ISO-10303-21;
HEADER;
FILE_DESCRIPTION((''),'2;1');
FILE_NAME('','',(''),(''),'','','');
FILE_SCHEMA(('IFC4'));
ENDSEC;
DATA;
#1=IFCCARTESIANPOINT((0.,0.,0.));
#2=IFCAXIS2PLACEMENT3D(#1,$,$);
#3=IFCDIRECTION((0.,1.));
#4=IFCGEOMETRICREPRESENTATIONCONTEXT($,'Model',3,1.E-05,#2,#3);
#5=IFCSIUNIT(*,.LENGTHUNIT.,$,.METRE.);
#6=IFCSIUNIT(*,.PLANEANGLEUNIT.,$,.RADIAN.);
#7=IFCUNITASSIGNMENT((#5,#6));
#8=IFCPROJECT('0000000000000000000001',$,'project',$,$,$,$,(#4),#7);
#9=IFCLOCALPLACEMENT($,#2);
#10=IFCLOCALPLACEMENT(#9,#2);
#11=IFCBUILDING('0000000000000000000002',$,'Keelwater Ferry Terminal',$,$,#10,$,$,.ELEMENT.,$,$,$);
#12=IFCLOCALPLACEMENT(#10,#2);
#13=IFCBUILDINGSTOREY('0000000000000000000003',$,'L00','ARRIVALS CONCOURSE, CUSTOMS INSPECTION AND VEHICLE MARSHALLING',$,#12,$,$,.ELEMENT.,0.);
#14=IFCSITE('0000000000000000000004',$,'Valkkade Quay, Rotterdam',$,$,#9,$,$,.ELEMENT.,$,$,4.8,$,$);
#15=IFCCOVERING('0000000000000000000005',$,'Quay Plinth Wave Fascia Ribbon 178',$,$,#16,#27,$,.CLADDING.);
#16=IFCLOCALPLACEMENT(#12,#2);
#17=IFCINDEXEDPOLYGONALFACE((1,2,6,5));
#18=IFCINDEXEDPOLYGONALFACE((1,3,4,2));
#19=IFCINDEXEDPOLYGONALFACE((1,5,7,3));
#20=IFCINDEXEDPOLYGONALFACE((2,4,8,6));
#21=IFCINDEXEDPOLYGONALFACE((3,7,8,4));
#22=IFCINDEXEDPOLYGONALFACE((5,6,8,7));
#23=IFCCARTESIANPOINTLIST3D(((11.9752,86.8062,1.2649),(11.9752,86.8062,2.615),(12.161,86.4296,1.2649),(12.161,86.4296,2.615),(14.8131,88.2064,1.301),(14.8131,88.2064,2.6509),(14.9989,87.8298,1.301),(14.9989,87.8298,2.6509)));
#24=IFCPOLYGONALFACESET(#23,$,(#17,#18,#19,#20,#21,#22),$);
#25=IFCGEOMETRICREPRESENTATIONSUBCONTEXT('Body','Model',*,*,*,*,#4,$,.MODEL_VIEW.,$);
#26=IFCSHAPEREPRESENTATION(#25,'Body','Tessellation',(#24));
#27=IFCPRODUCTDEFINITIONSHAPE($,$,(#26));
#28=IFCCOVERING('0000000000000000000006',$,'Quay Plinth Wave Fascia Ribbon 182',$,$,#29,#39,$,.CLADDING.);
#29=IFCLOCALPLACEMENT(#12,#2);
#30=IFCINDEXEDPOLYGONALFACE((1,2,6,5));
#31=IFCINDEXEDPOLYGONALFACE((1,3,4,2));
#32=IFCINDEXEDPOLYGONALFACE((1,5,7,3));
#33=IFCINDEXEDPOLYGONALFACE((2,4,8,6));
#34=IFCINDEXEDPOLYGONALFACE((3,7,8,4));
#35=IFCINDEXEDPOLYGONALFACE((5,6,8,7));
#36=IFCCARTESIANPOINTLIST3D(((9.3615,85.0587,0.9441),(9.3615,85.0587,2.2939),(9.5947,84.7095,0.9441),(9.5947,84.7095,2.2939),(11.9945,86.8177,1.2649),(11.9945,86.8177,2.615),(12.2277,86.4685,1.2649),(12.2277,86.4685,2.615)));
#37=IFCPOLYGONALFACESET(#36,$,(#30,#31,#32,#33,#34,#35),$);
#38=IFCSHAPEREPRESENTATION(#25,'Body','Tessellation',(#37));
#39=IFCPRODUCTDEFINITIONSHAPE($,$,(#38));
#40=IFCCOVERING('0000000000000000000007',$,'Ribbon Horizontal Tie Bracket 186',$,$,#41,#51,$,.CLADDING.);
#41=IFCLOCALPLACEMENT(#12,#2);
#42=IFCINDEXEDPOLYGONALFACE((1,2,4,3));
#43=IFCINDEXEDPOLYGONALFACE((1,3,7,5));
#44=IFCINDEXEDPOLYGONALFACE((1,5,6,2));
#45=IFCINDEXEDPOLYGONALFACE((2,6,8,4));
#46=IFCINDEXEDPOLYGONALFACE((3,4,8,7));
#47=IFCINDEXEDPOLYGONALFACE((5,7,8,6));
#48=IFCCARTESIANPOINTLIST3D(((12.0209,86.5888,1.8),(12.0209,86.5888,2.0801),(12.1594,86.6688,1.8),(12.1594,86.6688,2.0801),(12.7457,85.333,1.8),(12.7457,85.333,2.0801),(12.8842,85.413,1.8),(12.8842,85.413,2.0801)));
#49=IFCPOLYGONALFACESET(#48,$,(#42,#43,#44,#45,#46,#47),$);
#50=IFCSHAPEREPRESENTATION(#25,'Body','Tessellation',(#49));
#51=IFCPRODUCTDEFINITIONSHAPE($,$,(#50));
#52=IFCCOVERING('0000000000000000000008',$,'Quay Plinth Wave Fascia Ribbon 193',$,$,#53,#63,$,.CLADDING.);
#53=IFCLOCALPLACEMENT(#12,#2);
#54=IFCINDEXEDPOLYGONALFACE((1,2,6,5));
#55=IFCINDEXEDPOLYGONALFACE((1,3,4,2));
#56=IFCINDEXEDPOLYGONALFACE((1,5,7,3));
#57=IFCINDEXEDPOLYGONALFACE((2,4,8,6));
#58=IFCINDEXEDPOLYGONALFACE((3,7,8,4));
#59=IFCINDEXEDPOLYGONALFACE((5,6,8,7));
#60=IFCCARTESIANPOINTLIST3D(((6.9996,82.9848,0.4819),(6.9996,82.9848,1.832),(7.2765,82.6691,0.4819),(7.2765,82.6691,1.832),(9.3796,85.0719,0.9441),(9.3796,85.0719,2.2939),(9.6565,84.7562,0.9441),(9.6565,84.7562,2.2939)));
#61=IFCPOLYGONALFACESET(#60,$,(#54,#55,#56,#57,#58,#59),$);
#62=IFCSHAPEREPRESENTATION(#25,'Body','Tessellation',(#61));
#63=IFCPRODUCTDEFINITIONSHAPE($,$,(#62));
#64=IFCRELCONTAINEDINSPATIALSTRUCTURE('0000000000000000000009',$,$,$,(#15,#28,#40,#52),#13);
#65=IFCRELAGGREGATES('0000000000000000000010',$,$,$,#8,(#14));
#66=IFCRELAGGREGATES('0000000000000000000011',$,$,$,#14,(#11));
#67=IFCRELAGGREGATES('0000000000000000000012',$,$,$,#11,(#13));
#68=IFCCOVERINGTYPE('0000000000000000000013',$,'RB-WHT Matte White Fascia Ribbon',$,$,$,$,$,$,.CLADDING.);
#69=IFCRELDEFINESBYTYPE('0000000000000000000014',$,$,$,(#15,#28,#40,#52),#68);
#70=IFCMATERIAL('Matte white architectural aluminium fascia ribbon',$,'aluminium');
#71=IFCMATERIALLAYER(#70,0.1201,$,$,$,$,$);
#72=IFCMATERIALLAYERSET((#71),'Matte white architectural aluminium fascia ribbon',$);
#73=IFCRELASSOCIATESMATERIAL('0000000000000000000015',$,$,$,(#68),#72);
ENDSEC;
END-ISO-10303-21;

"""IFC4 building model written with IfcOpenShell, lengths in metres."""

from ifc_helpers import new_model, si_unit, direction, frame, frame_2d, origin, place, context, subcontext, project, spatial, polyline, rectangle, outline, extrude, material, layer, layer_set, type_object, element, save


model = new_model("IFC4")

# Units and contexts
model_context = context("Model", 3, precision=1e-05, world=origin(), true_north=direction((0.0, 1.0)))
body_context = subcontext(model_context, "Body", "Model", "MODEL_VIEW")
ifc_project = project(units=[si_unit("LENGTHUNIT", "METRE"), si_unit("PLANEANGLEUNIT", "RADIAN")], contexts=[model_context])

# Site, building, storey
site_placement = place(None, origin())
site = spatial("IfcSite", under=ifc_project, at=site_placement, Name="Valkkade Quay, Rotterdam", CompositionType="ELEMENT", RefElevation=4.8)
building_placement = place(site_placement, origin())
building = spatial("IfcBuilding", under=site, at=building_placement, Name="Keelwater Ferry Terminal", CompositionType="ELEMENT")
storey_placement = place(building_placement, origin())
storey = spatial("IfcBuildingStorey", under=building, at=storey_placement, Name="L00", Description="ARRIVALS CONCOURSE, CUSTOMS INSPECTION AND VEHICLE MARSHALLING", CompositionType="ELEMENT", Elevation=0.0)

# Coverings
ifc_material_1 = material(Name="Matte white architectural aluminium fascia ribbon", Category="aluminium")
ifc_layer_1 = layer(ifc_material_1, 0.1201)
ifc_layer_set_1 = layer_set([ifc_layer_1], Name="Matte white architectural aluminium fascia ribbon")
covering_type = type_object("IfcCoveringType", Name="RB-WHT Matte White Fascia Ribbon", PredefinedType="CLADDING", material=ifc_layer_set_1)
covering_1_placement = place(storey_placement, frame((14.906, 88.0181, 1.2649), z_axis=(0.0, 0.0, 1.0), x_axis=(-0.896791, -0.442455, 0.0)))
element("IfcCovering", 1, at=covering_1_placement, inside=storey, type_object=covering_type, Name="Quay Plinth Wave Fascia Ribbon 178", PredefinedType="CLADDING", context=body_context, shape_type="SweptSolid", body=[
    extrude(outline(polyline([(0.0, 0.0361), (3.1646, 0.0), (3.1646, 1.3501), (0.0, 1.386), (0.0, 0.0361)])), frame((0.0, 0.21, 0.0), z_axis=(0.0, -1.0, 0.0), x_axis=(1.0, 0.0, 0.0)), (0.0, 0.0, 1.0), 0.4199),
])
covering_2_placement = place(storey_placement, frame((12.1111, 86.6431, 0.9441), z_axis=(0.0, 0.0, 1.0), x_axis=(-0.831516, -0.555501, 0.0)))
element("IfcCovering", 2, at=covering_2_placement, inside=storey, type_object=covering_type, Name="Quay Plinth Wave Fascia Ribbon 182", PredefinedType="CLADDING", context=body_context, shape_type="SweptSolid", body=[
    extrude(outline(polyline([(0.0, 0.3208), (3.1665, 0.0), (3.1665, 1.3499), (0.0, 1.6709), (0.0, 0.3208)])), frame((0.0, 0.21, 0.0), z_axis=(0.0, -1.0, 0.0), x_axis=(1.0, 0.0, 0.0)), (0.0, 0.0, 1.0), 0.4199),
])
covering_3_placement = place(storey_placement, frame((12.0901, 86.6289, 1.8), z_axis=(0.0, 0.0, 1.0), x_axis=(0.499888, -0.86609, 0.0)))
element("IfcCovering", 3, at=covering_3_placement, inside=storey, type_object=covering_type, Name="Ribbon Horizontal Tie Bracket 186", PredefinedType="CLADDING", context=body_context, shape_type="SweptSolid", body=[
    extrude(rectangle(XDim=1.45, YDim=0.1599, at=frame_2d((0.7251, 0.0))), origin(), (0.0, 0.0, 1.0), 0.28),
])
covering_4_placement = place(storey_placement, frame((9.5181, 84.9141, 0.4819), z_axis=(0.0, 0.0, 1.0), x_axis=(-0.751864, -0.659318, 0.0)))
element("IfcCovering", 4, at=covering_4_placement, inside=storey, type_object=covering_type, Name="Quay Plinth Wave Fascia Ribbon 193", PredefinedType="CLADDING", context=body_context, shape_type="SweptSolid", body=[
    extrude(outline(polyline([(0.0, 0.4622), (3.1655, 0.0), (3.1655, 1.3501), (0.0, 1.812), (0.0, 0.4622)])), frame((0.0, 0.21, 0.0), z_axis=(0.0, -1.0, 0.0), x_axis=(1.0, 0.0, 0.0)), (0.0, 0.0, 1.0), 0.4199),
])

save(model, "model.ifc")
